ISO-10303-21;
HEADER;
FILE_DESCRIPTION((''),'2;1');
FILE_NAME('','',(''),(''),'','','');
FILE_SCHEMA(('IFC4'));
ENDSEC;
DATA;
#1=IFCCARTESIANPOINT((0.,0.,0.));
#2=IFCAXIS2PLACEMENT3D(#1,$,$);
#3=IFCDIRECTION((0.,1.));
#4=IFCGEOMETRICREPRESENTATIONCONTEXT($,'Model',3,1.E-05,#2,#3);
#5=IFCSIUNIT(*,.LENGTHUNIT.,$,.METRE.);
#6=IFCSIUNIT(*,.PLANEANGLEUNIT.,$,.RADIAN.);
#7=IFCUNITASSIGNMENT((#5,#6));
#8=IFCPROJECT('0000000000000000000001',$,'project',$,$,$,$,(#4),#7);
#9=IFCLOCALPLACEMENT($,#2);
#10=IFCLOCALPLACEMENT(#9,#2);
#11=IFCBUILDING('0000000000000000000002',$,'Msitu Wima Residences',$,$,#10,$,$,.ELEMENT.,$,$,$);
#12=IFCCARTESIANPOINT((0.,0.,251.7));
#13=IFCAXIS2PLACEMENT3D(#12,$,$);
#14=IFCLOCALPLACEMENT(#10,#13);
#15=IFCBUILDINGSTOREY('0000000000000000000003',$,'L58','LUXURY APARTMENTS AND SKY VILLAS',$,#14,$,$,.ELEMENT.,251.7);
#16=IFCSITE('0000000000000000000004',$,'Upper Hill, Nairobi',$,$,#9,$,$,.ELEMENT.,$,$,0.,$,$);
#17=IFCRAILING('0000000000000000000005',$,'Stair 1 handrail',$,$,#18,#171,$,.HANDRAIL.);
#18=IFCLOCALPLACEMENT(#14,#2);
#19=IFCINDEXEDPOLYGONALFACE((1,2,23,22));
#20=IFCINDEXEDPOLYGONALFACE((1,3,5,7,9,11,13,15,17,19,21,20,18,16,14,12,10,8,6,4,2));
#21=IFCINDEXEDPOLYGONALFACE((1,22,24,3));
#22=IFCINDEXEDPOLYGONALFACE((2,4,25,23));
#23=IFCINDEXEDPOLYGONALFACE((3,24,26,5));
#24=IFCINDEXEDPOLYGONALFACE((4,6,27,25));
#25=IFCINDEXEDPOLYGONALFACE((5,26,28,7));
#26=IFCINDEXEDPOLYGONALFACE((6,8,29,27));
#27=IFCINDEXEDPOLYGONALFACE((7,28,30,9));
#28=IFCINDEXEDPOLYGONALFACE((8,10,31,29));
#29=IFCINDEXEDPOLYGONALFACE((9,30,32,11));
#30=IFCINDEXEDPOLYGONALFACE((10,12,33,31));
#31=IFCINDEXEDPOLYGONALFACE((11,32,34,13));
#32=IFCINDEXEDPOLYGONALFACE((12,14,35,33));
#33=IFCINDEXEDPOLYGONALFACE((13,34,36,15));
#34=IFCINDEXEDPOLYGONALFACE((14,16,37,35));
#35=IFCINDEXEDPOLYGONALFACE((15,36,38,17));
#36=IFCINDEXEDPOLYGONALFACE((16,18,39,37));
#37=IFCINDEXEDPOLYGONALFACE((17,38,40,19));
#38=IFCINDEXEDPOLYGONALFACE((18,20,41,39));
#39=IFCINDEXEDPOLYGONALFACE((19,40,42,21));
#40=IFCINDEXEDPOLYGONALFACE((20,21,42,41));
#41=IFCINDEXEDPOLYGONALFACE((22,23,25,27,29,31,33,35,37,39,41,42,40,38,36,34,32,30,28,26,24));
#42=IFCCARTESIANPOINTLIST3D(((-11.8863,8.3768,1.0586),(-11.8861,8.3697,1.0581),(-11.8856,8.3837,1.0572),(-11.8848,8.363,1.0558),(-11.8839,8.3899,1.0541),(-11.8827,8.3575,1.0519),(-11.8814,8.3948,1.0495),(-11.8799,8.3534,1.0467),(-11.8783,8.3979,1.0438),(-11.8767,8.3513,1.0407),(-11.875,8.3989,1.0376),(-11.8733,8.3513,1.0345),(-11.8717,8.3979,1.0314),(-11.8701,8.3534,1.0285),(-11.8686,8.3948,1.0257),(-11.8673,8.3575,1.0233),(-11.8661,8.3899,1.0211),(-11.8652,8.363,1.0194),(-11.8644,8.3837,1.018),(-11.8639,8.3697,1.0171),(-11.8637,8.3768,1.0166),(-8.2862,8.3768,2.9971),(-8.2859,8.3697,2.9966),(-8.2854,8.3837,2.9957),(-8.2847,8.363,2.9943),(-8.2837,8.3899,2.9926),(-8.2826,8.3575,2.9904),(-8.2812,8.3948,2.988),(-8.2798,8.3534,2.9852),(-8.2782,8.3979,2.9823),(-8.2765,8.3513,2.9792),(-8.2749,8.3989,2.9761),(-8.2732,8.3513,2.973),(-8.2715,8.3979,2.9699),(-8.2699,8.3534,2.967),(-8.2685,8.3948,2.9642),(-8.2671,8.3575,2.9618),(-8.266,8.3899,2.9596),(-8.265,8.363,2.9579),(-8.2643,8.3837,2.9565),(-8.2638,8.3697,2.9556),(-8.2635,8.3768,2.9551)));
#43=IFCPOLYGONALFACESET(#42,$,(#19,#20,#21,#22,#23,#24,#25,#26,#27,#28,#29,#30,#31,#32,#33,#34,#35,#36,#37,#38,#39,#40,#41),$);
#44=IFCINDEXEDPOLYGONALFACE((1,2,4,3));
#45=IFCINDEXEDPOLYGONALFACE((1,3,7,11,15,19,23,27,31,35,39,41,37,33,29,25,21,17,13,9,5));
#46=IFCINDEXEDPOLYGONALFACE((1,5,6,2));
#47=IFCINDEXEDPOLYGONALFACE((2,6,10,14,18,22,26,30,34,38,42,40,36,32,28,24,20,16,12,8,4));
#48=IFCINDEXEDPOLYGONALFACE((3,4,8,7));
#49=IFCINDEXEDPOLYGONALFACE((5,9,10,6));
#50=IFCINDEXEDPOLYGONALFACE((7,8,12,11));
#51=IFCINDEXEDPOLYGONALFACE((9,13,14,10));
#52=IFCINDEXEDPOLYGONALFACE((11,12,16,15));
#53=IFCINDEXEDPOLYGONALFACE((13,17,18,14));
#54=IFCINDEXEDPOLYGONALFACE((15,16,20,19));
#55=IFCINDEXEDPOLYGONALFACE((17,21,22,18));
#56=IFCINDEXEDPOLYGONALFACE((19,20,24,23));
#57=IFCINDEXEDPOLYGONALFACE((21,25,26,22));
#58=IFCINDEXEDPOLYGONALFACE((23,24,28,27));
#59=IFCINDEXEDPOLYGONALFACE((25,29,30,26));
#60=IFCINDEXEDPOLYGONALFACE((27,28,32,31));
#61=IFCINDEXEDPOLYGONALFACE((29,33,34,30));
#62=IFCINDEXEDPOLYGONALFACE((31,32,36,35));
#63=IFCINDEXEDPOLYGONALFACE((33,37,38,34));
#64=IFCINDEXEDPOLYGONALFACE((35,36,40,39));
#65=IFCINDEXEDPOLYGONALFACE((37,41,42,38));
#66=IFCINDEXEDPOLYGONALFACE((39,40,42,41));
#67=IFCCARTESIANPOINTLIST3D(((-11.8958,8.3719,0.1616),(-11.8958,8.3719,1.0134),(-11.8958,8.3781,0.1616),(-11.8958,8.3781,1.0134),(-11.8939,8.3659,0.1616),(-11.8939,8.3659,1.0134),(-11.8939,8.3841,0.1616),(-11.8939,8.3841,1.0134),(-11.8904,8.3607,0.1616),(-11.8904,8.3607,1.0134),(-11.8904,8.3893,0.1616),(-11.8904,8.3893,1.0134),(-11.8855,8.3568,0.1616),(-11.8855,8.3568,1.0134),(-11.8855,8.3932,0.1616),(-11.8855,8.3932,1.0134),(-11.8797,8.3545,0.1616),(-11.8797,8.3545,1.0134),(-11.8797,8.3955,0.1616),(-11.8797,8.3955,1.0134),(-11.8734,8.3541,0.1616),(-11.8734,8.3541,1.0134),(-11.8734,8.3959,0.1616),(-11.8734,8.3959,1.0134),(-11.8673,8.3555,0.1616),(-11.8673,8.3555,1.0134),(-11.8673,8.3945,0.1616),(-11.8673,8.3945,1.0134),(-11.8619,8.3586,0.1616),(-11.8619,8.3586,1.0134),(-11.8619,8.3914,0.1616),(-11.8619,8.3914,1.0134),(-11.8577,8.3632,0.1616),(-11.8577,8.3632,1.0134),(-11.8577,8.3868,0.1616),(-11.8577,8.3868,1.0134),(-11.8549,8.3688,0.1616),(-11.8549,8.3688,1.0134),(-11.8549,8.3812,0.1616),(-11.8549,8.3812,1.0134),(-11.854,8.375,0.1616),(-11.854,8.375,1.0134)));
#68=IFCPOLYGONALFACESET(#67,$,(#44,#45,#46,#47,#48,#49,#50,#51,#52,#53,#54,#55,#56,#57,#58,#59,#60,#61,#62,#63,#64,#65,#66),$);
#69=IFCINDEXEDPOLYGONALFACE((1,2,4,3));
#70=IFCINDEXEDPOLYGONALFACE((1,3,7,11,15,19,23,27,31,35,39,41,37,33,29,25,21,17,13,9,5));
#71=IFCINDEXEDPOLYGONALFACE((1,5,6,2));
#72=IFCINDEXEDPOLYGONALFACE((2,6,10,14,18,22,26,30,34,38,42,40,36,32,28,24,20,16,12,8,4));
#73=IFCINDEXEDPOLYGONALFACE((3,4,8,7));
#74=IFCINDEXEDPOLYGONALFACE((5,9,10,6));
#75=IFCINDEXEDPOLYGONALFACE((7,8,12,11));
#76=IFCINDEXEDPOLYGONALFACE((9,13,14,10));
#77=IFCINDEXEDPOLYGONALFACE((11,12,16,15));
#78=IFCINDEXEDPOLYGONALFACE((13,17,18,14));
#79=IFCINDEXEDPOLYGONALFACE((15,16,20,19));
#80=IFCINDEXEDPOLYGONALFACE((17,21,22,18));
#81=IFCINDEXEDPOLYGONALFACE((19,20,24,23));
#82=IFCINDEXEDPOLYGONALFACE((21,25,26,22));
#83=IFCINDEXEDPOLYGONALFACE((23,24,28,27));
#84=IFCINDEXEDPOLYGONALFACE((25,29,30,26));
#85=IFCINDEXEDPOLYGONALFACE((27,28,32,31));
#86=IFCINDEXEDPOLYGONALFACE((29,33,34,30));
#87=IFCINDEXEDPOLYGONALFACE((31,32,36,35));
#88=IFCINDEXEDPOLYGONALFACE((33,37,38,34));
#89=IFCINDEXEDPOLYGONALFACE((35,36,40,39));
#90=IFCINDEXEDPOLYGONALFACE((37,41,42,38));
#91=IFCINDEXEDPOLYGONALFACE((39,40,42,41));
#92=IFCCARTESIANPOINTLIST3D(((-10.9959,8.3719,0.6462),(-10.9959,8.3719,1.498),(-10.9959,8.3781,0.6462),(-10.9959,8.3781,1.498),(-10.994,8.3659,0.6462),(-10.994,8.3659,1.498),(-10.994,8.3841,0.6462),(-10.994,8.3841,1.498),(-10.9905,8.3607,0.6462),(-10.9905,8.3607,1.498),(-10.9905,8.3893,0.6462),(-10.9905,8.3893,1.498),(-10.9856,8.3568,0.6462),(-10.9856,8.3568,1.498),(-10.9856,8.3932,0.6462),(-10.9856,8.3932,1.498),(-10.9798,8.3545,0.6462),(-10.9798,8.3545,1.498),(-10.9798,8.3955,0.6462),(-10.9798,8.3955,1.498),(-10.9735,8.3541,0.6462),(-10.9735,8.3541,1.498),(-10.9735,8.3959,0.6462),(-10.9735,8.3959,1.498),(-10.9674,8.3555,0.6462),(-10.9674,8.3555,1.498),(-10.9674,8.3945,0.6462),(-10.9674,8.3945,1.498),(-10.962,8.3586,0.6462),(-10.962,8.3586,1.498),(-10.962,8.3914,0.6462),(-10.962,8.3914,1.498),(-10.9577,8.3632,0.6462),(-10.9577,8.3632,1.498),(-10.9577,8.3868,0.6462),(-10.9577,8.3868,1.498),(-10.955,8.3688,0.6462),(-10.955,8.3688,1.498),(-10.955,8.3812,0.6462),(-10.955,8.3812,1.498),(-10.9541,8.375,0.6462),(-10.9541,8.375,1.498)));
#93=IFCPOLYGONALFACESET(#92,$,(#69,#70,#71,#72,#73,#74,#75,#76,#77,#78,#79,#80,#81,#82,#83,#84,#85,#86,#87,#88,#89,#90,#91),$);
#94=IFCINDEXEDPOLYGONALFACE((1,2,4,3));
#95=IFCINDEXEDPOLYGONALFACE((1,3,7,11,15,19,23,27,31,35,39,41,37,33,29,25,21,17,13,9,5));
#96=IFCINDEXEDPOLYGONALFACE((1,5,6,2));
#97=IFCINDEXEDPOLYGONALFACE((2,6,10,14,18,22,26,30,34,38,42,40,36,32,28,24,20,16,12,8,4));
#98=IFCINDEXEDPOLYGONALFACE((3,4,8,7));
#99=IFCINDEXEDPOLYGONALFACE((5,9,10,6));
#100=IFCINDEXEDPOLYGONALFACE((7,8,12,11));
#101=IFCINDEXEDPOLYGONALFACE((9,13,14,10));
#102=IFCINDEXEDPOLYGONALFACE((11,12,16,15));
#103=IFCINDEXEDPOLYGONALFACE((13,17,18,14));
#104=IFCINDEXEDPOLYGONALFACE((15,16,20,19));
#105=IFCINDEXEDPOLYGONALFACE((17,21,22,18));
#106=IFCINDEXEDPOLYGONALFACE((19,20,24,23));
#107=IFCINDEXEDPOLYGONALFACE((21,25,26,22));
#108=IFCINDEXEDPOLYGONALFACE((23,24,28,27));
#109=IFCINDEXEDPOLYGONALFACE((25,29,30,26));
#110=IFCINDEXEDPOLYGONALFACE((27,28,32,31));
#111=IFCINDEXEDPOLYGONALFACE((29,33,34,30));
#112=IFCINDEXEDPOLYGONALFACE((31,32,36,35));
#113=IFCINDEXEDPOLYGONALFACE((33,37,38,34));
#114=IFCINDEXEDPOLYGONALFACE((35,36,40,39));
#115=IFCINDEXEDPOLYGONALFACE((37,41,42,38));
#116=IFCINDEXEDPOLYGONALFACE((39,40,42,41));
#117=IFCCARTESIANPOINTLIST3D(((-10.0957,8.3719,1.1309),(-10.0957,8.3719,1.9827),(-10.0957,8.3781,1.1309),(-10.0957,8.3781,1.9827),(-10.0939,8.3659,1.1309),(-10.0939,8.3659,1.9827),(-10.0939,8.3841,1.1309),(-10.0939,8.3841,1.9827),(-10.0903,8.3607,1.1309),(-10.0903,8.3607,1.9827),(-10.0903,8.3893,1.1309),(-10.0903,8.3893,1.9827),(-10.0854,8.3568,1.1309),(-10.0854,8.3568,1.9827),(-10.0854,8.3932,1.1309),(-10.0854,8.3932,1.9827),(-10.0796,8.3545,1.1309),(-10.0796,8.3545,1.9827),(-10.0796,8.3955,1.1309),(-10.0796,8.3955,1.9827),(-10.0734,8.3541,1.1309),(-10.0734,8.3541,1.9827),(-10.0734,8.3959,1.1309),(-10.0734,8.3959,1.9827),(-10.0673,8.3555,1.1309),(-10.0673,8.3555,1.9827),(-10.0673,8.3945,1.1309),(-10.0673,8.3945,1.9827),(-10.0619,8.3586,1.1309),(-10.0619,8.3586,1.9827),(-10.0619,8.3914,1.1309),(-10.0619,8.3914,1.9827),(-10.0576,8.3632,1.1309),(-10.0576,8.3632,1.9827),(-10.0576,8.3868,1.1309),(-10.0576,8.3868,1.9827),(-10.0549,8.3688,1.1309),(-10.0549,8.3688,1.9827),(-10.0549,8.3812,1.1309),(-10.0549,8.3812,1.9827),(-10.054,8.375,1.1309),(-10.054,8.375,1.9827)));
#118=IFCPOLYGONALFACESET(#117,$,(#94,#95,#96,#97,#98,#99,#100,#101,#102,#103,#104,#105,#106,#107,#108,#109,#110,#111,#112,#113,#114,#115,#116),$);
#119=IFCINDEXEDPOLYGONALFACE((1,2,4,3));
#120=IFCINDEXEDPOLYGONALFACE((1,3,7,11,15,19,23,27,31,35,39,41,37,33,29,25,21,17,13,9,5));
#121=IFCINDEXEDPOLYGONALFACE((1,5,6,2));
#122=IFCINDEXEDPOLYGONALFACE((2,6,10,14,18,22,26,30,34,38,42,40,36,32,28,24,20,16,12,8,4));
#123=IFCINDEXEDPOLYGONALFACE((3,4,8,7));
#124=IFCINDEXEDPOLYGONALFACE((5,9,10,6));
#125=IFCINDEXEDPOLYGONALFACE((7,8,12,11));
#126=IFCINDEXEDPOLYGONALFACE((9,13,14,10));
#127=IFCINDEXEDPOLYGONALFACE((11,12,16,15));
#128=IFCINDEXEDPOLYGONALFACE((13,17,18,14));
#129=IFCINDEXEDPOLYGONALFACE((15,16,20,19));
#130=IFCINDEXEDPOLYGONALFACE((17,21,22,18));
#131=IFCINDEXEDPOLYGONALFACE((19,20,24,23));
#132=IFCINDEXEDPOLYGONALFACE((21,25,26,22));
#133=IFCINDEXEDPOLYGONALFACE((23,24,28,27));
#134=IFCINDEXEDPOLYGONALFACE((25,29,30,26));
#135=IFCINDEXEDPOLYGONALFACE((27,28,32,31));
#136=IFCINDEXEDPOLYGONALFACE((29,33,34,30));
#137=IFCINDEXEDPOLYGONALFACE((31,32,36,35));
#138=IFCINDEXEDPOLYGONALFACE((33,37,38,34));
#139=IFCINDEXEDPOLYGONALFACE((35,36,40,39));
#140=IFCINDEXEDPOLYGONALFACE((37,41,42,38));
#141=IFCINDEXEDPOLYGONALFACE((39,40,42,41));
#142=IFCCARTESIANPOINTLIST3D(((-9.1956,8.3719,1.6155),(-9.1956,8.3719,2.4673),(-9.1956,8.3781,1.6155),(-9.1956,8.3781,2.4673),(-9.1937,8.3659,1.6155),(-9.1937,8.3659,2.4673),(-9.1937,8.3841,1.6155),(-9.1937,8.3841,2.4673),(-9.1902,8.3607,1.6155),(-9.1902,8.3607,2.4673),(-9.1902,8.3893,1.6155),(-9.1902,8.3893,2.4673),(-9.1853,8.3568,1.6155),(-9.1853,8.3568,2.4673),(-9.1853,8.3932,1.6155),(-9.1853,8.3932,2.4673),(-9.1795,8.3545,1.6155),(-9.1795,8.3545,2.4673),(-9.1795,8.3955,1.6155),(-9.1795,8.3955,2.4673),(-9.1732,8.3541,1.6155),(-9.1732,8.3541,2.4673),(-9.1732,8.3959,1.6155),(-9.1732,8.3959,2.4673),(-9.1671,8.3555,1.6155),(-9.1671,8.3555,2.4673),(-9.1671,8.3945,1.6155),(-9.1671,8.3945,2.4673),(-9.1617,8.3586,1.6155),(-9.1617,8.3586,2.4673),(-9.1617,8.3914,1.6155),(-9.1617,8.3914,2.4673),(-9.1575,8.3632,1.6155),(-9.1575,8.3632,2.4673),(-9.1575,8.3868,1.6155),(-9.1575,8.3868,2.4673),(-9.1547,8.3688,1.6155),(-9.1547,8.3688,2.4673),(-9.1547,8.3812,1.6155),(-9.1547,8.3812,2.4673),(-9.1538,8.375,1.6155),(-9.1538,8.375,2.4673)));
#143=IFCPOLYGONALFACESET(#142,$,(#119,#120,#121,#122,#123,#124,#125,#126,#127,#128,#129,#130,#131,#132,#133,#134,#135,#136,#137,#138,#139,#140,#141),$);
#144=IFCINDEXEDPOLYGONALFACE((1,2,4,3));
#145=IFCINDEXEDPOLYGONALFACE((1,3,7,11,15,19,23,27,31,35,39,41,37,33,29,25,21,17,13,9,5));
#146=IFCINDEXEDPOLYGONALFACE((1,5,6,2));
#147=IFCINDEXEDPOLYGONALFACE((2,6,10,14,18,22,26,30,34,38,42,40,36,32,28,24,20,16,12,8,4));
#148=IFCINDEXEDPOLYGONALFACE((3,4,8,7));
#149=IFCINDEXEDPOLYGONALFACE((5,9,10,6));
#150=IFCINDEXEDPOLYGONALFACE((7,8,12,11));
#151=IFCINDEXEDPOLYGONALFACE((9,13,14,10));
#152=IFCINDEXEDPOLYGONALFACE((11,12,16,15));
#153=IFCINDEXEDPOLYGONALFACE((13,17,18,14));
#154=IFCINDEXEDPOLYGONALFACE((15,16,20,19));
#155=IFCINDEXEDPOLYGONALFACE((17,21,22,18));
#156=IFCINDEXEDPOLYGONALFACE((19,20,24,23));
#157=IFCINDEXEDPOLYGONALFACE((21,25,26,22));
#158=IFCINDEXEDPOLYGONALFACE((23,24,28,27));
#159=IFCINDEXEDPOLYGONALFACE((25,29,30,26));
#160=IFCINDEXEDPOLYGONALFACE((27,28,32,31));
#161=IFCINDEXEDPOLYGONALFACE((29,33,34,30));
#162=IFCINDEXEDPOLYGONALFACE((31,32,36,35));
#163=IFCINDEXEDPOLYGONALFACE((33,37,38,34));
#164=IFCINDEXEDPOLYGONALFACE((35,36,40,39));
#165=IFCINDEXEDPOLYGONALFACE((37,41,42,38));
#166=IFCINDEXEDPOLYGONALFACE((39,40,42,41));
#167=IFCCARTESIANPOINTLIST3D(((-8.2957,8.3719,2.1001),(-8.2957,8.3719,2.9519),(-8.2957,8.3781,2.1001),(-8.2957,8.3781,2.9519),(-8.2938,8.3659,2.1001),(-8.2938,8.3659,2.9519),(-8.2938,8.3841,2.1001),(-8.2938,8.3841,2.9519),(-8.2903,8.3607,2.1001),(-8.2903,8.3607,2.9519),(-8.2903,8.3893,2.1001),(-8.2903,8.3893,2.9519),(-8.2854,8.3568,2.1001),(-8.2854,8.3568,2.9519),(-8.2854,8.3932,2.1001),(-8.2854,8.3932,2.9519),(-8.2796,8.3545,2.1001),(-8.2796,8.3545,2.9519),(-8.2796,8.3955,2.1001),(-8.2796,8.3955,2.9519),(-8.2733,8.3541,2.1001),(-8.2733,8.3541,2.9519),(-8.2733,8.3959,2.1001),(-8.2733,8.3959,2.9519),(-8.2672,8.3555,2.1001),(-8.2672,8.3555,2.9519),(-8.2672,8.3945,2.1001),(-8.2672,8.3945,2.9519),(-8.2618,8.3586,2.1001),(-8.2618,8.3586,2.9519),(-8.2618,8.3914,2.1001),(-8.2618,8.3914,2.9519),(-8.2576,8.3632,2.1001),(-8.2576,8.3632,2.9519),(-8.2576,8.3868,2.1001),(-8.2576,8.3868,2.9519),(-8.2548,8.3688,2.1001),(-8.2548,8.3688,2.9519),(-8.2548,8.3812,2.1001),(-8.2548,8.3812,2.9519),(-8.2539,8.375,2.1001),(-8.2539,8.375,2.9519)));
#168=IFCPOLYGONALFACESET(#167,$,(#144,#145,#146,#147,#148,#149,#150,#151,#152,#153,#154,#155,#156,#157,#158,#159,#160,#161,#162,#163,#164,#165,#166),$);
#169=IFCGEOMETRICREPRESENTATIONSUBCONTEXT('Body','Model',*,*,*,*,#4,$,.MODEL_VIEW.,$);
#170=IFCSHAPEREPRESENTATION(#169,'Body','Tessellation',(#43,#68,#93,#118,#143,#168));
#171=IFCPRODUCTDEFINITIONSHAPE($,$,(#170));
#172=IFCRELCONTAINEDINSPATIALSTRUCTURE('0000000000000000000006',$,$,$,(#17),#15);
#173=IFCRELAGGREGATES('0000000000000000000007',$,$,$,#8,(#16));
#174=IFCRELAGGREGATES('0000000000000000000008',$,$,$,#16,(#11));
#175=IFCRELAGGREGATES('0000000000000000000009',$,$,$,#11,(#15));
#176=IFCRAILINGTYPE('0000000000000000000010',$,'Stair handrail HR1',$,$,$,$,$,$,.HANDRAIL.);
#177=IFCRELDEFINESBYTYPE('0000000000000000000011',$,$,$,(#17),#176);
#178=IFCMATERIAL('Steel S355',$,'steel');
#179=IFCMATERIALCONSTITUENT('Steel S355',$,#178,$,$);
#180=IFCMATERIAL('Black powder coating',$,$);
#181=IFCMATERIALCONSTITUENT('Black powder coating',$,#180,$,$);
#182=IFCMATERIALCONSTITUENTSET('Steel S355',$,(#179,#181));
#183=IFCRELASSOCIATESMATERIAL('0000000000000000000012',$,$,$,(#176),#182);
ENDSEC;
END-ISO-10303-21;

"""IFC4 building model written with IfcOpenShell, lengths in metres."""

from ifc_helpers import new_model, si_unit, direction, frame, origin, origin_2d, place, context, subcontext, project, spatial, circle, extrude, material, constituent, constituent_set, type_object, element, save


model = new_model("IFC4")

# Units and contexts
model_context = context("Model", 3, precision=1e-05, world=origin(), true_north=direction((0.0, 1.0)))
body_context = subcontext(model_context, "Body", "Model", "MODEL_VIEW")
ifc_project = project(units=[si_unit("LENGTHUNIT", "METRE"), si_unit("PLANEANGLEUNIT", "RADIAN")], contexts=[model_context])

# Site, building, storey
site_placement = place(None, origin())
site = spatial("IfcSite", under=ifc_project, at=site_placement, Name="Upper Hill, Nairobi", CompositionType="ELEMENT", RefElevation=0.0)
building_placement = place(site_placement, origin())
building = spatial("IfcBuilding", under=site, at=building_placement, Name="Msitu Wima Residences", CompositionType="ELEMENT")
storey_placement = place(building_placement, frame((0.0, 0.0, 251.7)))
storey = spatial("IfcBuildingStorey", under=building, at=storey_placement, Name="L58", Description="LUXURY APARTMENTS AND SKY VILLAS", CompositionType="ELEMENT", Elevation=251.7)

# Railing
ifc_material_1 = material(Name="Steel S355", Category="steel")
ifc_constituent_1 = constituent(ifc_material_1, Name="Steel S355")
ifc_material_2 = material(Name="Black powder coating")
ifc_constituent_2 = constituent(ifc_material_2, Name="Black powder coating")
ifc_constituent_set = constituent_set(constituents=[ifc_constituent_1, ifc_constituent_2], Name="Steel S355")
railing_type = type_object("IfcRailingType", Name="Stair handrail HR1", PredefinedType="HANDRAIL", material=ifc_constituent_set)
for number, where, name in (
    (1, (-11.875, 8.375, 0.1616), "Stair 1 handrail"),
):
    element("IfcRailing", number, at=place(storey_placement, frame(where)), inside=storey, type_object=railing_type, Name=name, PredefinedType="HANDRAIL", context=body_context, shape_type="SweptSolid", body=[
        extrude(circle(Radius=0.0239, at=origin_2d()), frame((0.0, 0.0, 0.876), z_axis=(0.880475, 0.0, 0.474093), x_axis=(0.0, 1.0, 0.0)), (0.0, 0.0, 1.0), 4.0889),
        extrude(circle(Radius=0.021, at=origin_2d()), origin(), (0.0, 0.0, 1.0), 0.8518),
        extrude(circle(Radius=0.021, at=origin_2d()), frame((0.8999, 0.0, 0.4846)), (0.0, 0.0, 1.0), 0.8518),
        extrude(circle(Radius=0.021, at=origin_2d()), frame((1.8, 0.0, 0.9692)), (0.0, 0.0, 1.0), 0.8518),
        extrude(circle(Radius=0.021, at=origin_2d()), frame((2.7002, 0.0, 1.4539)), (0.0, 0.0, 1.0), 0.8518),
        extrude(circle(Radius=0.021, at=origin_2d()), frame((3.6001, 0.0, 1.9385)), (0.0, 0.0, 1.0), 0.8518),
    ])

save(model, "model.ifc")
